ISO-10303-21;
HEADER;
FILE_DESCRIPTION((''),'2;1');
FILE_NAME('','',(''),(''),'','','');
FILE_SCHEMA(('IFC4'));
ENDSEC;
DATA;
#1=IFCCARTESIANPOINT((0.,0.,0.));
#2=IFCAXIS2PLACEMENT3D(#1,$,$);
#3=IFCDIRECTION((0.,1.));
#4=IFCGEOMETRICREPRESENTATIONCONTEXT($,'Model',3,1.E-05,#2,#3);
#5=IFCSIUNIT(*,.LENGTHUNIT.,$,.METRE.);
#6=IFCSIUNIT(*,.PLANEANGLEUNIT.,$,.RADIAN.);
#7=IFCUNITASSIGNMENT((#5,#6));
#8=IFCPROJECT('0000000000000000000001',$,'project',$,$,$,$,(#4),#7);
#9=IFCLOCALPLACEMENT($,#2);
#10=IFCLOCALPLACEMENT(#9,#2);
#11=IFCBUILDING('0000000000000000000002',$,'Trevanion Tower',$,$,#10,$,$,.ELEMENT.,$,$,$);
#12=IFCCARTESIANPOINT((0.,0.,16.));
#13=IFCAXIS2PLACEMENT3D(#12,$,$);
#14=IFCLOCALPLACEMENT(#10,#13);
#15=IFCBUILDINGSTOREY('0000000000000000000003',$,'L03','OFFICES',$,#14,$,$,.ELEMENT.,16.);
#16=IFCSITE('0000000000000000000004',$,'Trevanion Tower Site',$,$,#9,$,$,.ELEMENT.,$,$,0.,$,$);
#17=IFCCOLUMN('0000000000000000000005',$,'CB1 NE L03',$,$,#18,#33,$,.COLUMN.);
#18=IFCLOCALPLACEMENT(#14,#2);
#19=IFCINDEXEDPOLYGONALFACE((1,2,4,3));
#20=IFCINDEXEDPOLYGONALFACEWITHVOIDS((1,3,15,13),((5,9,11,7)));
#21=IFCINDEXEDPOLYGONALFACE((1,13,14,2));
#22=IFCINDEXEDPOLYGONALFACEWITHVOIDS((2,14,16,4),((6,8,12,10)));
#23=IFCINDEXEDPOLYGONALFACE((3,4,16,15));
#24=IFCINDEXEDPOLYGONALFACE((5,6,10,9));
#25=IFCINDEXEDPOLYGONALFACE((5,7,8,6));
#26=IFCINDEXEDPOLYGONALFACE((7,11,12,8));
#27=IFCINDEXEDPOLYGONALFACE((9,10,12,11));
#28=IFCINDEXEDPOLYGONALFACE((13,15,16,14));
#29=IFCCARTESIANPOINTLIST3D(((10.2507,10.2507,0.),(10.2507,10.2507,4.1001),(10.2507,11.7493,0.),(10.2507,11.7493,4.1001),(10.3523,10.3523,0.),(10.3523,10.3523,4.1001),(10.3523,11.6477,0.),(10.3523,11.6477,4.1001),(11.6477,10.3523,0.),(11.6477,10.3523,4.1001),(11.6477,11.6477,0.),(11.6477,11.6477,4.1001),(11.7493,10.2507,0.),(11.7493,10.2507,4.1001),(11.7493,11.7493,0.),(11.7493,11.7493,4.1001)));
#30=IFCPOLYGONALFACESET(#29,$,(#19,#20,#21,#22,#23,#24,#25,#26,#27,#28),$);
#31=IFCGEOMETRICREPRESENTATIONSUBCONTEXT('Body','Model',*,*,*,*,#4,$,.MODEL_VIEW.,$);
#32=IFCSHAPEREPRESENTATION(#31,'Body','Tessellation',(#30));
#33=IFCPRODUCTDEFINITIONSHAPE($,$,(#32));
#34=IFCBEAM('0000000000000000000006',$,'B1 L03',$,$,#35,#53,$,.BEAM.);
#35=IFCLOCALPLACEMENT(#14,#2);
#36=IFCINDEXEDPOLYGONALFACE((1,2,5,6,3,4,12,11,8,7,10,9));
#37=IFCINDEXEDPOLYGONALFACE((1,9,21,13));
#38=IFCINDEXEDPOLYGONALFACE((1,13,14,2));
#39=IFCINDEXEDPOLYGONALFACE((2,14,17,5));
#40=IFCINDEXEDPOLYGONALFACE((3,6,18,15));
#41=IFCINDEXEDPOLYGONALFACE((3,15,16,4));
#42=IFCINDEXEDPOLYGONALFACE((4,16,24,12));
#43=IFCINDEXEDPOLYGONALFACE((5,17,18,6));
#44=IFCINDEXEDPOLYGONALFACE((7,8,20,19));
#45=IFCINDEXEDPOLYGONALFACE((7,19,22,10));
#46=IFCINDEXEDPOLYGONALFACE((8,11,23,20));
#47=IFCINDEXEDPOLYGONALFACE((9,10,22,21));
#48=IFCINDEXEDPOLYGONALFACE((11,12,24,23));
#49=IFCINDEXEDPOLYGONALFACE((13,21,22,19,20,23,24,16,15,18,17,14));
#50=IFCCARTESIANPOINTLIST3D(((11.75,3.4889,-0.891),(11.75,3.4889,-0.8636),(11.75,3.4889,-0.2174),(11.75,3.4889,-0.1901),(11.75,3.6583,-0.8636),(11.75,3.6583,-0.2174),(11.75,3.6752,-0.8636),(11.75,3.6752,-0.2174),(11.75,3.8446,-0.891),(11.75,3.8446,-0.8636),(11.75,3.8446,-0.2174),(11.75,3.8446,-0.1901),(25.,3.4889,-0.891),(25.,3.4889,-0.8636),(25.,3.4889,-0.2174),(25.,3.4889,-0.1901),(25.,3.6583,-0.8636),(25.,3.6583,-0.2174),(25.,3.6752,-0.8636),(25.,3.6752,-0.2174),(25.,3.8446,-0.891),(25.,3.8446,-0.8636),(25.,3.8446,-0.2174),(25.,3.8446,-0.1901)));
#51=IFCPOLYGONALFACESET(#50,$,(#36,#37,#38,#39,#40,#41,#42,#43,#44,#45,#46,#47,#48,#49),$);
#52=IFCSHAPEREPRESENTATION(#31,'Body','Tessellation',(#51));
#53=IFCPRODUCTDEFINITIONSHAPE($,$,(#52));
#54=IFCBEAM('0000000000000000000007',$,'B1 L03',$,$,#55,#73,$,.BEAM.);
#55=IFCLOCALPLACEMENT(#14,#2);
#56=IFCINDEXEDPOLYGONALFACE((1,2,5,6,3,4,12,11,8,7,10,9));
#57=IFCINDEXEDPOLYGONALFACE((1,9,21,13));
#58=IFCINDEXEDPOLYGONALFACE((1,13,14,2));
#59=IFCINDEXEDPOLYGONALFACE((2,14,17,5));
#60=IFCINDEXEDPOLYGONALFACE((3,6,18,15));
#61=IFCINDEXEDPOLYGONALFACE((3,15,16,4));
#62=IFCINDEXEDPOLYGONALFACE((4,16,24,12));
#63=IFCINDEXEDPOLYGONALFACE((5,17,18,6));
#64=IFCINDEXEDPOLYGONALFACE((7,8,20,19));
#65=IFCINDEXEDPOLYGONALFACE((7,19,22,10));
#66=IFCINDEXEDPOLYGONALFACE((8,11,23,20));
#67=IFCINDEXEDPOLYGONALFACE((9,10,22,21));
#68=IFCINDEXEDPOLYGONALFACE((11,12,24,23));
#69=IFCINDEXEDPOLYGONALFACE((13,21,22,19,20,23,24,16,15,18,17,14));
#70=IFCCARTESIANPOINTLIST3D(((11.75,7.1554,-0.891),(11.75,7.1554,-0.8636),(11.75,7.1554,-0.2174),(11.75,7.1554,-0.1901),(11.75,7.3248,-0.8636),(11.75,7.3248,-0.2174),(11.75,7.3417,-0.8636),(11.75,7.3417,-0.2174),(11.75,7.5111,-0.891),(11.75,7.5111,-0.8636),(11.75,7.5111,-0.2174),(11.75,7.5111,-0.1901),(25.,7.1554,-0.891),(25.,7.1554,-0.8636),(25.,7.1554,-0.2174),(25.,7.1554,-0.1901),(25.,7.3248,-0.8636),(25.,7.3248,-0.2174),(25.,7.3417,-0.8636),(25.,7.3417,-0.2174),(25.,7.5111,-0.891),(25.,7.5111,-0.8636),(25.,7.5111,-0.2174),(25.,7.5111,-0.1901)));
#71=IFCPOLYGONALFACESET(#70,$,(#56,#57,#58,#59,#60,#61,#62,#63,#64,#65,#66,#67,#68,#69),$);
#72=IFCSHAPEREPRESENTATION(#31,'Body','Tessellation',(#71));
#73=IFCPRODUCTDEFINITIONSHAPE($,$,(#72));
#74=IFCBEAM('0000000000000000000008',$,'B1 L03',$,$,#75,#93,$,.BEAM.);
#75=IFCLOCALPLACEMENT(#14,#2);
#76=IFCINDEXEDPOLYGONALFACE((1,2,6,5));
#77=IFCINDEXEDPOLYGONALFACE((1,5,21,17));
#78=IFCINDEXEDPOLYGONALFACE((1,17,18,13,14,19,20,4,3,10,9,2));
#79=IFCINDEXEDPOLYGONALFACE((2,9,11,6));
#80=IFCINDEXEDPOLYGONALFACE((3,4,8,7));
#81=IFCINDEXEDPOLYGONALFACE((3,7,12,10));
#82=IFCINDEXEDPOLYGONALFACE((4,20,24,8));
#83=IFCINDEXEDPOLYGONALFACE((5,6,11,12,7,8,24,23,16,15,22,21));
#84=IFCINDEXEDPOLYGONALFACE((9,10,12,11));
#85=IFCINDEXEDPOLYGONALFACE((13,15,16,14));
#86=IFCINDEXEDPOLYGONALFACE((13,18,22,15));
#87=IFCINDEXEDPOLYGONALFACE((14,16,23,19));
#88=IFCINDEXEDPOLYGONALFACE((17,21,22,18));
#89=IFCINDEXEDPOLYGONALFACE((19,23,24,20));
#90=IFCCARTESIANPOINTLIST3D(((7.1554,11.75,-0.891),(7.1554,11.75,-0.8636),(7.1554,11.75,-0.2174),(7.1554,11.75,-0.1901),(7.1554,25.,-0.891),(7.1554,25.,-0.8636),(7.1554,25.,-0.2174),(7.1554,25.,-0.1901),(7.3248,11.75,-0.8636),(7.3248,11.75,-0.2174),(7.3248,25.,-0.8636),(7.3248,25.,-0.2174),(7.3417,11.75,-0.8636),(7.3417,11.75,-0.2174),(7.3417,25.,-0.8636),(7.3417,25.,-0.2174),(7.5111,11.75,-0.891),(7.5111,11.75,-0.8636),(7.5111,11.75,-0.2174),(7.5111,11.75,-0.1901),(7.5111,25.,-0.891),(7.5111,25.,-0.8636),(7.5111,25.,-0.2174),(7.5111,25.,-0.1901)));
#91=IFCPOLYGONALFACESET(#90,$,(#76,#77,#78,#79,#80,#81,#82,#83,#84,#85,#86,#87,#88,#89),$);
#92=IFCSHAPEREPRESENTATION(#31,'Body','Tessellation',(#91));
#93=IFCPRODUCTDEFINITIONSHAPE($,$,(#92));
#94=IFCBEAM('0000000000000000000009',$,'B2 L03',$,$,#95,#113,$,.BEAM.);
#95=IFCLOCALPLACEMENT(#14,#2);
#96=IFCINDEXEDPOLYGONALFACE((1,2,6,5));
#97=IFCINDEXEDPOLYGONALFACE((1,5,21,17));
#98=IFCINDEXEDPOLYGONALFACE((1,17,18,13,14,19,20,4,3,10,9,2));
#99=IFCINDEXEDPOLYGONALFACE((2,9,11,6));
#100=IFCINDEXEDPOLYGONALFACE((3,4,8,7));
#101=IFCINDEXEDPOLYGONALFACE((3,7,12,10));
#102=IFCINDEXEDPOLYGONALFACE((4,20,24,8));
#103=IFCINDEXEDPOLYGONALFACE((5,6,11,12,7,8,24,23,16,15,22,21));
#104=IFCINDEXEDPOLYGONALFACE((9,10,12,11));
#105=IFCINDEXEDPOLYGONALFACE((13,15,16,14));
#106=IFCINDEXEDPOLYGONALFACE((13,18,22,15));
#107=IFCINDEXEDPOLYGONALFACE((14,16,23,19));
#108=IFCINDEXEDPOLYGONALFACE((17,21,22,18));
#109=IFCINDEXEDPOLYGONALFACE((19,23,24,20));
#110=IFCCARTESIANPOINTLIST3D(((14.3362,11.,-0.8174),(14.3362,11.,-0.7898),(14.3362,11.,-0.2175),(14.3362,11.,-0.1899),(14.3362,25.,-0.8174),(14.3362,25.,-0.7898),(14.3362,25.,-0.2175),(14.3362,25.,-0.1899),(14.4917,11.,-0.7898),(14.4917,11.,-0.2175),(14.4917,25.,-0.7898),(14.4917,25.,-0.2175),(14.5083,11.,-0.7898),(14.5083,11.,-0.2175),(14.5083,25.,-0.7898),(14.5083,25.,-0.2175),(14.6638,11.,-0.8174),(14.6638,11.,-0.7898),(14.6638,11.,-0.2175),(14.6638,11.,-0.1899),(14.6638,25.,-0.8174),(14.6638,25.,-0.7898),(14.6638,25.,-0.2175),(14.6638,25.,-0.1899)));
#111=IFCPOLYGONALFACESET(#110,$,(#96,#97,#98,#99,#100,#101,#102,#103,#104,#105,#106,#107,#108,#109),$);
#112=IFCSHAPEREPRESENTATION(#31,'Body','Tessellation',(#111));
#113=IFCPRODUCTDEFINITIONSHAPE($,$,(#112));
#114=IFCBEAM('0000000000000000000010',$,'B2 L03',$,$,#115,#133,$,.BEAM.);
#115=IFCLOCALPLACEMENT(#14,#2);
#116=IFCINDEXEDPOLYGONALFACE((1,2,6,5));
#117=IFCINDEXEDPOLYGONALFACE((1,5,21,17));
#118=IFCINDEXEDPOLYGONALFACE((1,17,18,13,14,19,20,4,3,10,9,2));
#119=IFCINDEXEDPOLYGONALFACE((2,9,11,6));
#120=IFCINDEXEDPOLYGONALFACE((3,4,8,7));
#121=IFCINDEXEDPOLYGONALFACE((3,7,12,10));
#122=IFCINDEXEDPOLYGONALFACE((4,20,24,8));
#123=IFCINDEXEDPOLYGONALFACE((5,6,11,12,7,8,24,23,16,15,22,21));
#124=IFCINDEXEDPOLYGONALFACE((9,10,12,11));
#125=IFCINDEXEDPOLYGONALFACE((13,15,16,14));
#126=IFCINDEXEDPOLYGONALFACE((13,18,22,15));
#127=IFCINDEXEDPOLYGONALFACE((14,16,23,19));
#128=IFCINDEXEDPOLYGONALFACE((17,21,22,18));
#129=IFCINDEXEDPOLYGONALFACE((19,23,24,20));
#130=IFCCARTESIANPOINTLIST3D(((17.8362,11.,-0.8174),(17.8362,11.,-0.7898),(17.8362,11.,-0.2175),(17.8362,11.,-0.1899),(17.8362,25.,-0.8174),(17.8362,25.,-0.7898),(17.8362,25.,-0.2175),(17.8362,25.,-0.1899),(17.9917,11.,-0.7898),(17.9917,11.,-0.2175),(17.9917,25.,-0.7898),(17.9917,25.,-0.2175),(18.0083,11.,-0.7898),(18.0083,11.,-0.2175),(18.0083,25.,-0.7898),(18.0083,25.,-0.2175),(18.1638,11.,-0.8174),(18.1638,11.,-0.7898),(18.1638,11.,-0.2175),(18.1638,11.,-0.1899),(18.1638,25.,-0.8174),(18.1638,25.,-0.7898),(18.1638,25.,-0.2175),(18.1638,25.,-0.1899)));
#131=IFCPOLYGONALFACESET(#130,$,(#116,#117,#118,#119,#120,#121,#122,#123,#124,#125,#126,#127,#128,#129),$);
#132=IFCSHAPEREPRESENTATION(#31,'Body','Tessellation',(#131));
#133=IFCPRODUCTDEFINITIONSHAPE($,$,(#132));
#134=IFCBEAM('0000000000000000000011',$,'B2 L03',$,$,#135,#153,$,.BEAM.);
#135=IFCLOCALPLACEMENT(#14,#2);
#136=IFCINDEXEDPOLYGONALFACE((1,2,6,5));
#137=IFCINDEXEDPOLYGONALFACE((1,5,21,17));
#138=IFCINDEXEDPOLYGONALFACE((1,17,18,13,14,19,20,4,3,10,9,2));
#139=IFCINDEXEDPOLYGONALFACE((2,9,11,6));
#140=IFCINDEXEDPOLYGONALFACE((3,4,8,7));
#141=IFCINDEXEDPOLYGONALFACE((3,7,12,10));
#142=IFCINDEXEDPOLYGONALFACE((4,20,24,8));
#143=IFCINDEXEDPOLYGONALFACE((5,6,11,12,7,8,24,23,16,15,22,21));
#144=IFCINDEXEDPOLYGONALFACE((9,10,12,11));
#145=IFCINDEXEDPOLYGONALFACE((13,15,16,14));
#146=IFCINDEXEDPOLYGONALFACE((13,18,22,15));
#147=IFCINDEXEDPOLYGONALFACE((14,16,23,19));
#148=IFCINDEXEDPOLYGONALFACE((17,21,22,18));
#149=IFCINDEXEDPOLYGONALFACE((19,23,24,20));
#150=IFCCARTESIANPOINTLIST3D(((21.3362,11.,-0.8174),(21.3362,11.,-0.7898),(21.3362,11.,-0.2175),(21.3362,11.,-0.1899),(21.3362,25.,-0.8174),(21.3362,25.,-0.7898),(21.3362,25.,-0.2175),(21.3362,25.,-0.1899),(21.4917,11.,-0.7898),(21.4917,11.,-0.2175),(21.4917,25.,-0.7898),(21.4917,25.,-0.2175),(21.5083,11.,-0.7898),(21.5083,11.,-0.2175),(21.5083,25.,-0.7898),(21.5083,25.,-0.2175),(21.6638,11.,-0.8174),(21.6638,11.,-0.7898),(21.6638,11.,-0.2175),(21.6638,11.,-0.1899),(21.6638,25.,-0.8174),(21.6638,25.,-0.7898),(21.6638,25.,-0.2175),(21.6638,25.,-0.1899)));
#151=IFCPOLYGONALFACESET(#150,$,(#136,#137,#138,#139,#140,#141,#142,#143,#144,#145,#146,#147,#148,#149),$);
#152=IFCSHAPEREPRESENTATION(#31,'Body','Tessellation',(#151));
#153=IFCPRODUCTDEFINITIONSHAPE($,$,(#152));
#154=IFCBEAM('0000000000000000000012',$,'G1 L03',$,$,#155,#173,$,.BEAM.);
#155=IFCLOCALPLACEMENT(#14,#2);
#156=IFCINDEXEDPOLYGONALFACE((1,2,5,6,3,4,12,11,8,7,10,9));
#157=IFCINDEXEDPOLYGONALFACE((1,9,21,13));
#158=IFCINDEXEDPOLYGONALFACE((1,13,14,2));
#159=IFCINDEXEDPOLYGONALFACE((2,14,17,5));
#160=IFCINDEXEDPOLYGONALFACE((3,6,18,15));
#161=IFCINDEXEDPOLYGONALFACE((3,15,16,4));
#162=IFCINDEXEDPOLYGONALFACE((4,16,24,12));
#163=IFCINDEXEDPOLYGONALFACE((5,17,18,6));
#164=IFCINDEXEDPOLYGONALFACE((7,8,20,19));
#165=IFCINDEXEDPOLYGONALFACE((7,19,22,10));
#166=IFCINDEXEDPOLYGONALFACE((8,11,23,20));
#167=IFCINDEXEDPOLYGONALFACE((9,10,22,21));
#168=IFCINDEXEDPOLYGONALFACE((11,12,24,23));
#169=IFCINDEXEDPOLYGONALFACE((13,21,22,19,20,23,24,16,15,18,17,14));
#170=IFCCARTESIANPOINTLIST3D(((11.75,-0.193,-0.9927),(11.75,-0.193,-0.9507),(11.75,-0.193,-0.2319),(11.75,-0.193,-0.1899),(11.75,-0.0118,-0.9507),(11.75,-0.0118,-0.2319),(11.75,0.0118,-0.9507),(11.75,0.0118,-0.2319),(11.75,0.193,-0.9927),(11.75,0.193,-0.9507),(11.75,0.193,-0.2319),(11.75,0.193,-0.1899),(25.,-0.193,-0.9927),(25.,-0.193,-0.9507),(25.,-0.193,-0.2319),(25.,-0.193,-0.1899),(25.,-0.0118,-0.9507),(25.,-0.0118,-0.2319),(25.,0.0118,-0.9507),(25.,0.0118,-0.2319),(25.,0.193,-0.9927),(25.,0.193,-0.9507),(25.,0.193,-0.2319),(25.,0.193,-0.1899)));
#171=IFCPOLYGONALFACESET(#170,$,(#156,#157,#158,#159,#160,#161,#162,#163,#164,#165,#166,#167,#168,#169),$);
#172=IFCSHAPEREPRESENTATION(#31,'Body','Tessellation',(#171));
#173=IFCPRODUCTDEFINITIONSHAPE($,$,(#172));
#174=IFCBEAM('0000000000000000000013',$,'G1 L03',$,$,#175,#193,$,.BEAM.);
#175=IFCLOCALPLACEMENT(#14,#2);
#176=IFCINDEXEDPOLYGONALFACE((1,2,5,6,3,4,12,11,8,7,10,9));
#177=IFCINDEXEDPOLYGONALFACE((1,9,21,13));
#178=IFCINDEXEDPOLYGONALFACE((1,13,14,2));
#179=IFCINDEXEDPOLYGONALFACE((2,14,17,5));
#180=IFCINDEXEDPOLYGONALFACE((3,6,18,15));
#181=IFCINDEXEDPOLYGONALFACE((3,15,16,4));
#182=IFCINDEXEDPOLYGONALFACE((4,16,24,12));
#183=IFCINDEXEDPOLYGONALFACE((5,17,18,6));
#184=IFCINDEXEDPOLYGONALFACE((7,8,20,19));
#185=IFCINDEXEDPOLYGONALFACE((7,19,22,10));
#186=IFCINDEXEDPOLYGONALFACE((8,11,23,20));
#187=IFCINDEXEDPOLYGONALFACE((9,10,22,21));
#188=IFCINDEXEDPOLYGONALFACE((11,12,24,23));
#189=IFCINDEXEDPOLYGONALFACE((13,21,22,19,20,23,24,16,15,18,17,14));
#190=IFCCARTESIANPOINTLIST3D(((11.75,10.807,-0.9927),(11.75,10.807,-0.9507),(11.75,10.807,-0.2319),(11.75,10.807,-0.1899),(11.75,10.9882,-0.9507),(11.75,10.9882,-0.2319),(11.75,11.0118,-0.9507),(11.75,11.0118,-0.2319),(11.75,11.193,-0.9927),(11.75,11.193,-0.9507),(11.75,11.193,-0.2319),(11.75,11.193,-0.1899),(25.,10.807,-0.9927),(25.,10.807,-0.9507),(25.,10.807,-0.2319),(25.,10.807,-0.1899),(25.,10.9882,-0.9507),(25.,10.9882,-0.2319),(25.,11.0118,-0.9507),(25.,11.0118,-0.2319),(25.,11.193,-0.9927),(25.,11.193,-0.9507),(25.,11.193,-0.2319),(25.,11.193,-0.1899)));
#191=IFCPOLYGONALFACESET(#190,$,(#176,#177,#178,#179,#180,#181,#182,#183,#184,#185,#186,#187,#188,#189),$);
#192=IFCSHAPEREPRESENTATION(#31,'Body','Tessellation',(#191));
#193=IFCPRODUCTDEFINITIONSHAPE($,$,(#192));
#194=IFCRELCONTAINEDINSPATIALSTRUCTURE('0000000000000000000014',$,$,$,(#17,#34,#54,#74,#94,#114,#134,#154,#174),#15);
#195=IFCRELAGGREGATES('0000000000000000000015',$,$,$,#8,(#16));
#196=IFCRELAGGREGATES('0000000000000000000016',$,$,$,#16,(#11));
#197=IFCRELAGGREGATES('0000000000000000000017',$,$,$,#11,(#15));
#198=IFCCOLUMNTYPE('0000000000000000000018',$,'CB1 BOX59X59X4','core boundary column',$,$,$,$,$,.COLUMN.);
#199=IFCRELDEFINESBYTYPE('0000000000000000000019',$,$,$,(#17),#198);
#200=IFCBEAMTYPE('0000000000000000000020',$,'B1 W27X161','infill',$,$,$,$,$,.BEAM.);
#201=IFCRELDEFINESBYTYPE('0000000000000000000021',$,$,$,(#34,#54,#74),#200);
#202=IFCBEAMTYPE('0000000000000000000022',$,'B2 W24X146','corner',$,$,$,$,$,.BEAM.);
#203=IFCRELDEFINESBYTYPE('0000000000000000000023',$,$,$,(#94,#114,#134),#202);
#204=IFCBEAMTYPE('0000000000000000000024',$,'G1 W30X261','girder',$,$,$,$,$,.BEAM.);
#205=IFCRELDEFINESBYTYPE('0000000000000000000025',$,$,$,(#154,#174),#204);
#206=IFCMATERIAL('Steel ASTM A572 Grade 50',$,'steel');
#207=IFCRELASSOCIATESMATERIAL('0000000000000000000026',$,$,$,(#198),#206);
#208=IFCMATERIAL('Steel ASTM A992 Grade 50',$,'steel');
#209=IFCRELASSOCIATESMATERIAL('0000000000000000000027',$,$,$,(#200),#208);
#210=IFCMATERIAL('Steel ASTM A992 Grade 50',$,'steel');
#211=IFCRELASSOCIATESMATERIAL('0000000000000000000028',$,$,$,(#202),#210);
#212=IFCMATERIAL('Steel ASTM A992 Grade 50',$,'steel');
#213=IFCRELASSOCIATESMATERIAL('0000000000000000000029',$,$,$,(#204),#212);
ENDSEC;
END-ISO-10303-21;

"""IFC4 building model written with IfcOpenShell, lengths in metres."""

from ifc_helpers import new_model, si_unit, direction, frame, origin, origin_2d, place, context, subcontext, project, spatial, hollow_rectangle, i_section, extrude, material, material_profile, profile_set, type_object, element, save


model = new_model("IFC4")

# Units and contexts
model_context = context("Model", 3, precision=1e-05, world=origin(), true_north=direction((0.0, 1.0)))
body_context = subcontext(model_context, "Body", "Model", "MODEL_VIEW")
ifc_project = project(units=[si_unit("LENGTHUNIT", "METRE"), si_unit("PLANEANGLEUNIT", "RADIAN")], contexts=[model_context])

# Site, building, storey
site_placement = place(None, origin())
site = spatial("IfcSite", under=ifc_project, at=site_placement, Name="Trevanion Tower Site", CompositionType="ELEMENT", RefElevation=0.0)
building_placement = place(site_placement, origin())
building = spatial("IfcBuilding", under=site, at=building_placement, Name="Trevanion Tower", CompositionType="ELEMENT")
storey_placement = place(building_placement, frame((0.0, 0.0, 16.0)))
storey = spatial("IfcBuildingStorey", under=building, at=storey_placement, Name="L03", Description="OFFICES", CompositionType="ELEMENT", Elevation=16.0)

# Column
ifc_material_1 = material(Name="Steel ASTM A572 Grade 50", Category="steel")
ifc_material_profile_1 = material_profile(ifc_material_1, hollow_rectangle(XDim=1.4985, YDim=1.4985, WallThickness=0.1016, at=origin_2d()), Name="BOX59X59X4")
ifc_profile_set_1 = profile_set([ifc_material_profile_1], Name="Steel ASTM A572 Grade 50")
column_type = type_object("IfcColumnType", Name="CB1 BOX59X59X4", Description="core boundary column", PredefinedType="COLUMN", material=ifc_profile_set_1)
column_placement = place(storey_placement, frame((11.0, 11.0, 0.0), z_axis=(0.0, 0.0, 1.0), x_axis=(1.0, 0.0, 0.0)))
element("IfcColumn", 1, at=column_placement, inside=storey, type_object=column_type, Name="CB1 NE L03", PredefinedType="COLUMN", context=body_context, shape_type="SweptSolid", body=[
    extrude(hollow_rectangle(XDim=1.4985, YDim=1.4985, WallThickness=0.1016, at=origin_2d()), origin(), (0.0, 0.0, 1.0), 4.1001),
])

# Beams
ifc_material_2 = material(Name="Steel ASTM A992 Grade 50", Category="steel")
ifc_material_profile_2 = material_profile(ifc_material_2, i_section(OverallWidth=0.3557, OverallDepth=0.7009, WebThickness=0.0168, FlangeThickness=0.0273, at=origin_2d()), Name="W27X161")
ifc_profile_set_2 = profile_set([ifc_material_profile_2], Name="Steel ASTM A992 Grade 50")
beam_type_1 = type_object("IfcBeamType", Name="B1 W27X161", Description="infill", PredefinedType="BEAM", material=ifc_profile_set_2)
for number, where, z_axis, x_axis, name in (
    (2, (11.75, 3.6667, -0.5405), (1.0, 0.0, 0.0), (0.0, 1.0, 0.0), "B1 L03"),
    (3, (11.75, 7.3333, -0.5405), (1.0, 0.0, 0.0), (0.0, 1.0, 0.0), "B1 L03"),
    (4, (7.3333, 11.75, -0.5405), (0.0, 1.0, 0.0), (-1.0, 0.0, 0.0), "B1 L03"),
):
    element("IfcBeam", number, at=place(storey_placement, frame(where, z_axis=z_axis, x_axis=x_axis)), inside=storey, type_object=beam_type_1, Name=name, PredefinedType="BEAM", context=body_context, shape_type="SweptSolid", body=[
        extrude(i_section(OverallWidth=0.3557, OverallDepth=0.7009, WebThickness=0.0168, FlangeThickness=0.0273, at=origin_2d()), origin(), (0.0, 0.0, 1.0), 13.25),
    ])
ifc_material_3 = material(Name="Steel ASTM A992 Grade 50", Category="steel")
ifc_material_profile_3 = material_profile(ifc_material_3, i_section(OverallWidth=0.3276, OverallDepth=0.6274, WebThickness=0.0166, FlangeThickness=0.0276, at=origin_2d()), Name="W24X146")
ifc_profile_set_3 = profile_set([ifc_material_profile_3], Name="Steel ASTM A992 Grade 50")
beam_type_2 = type_object("IfcBeamType", Name="B2 W24X146", Description="corner", PredefinedType="BEAM", material=ifc_profile_set_3)
for number, where, z_axis, x_axis, name in (
    (5, (14.5, 11.0, -0.5037), (0.0, 1.0, 0.0), (-1.0, 0.0, 0.0), "B2 L03"),
    (6, (18.0, 11.0, -0.5037), (0.0, 1.0, 0.0), (-1.0, 0.0, 0.0), "B2 L03"),
    (7, (21.5, 11.0, -0.5037), (0.0, 1.0, 0.0), (-1.0, 0.0, 0.0), "B2 L03"),
):
    element("IfcBeam", number, at=place(storey_placement, frame(where, z_axis=z_axis, x_axis=x_axis)), inside=storey, type_object=beam_type_2, Name=name, PredefinedType="BEAM", context=body_context, shape_type="SweptSolid", body=[
        extrude(i_section(OverallWidth=0.3276, OverallDepth=0.6274, WebThickness=0.0166, FlangeThickness=0.0276, at=origin_2d()), origin(), (0.0, 0.0, 1.0), 14.0),
    ])
ifc_material_4 = material(Name="Steel ASTM A992 Grade 50", Category="steel")
ifc_material_profile_4 = material_profile(ifc_material_4, i_section(OverallWidth=0.386, OverallDepth=0.8027, WebThickness=0.0237, FlangeThickness=0.042, at=origin_2d()), Name="W30X261")
ifc_profile_set_4 = profile_set([ifc_material_profile_4], Name="Steel ASTM A992 Grade 50")
beam_type_3 = type_object("IfcBeamType", Name="G1 W30X261", Description="girder", PredefinedType="BEAM", material=ifc_profile_set_4)
for number, where, z_axis, x_axis, name in (
    (8, (11.75, 0.0, -0.5913), (1.0, 0.0, 0.0), (0.0, 1.0, 0.0), "G1 L03"),
    (9, (11.75, 11.0, -0.5913), (1.0, 0.0, 0.0), (0.0, 1.0, 0.0), "G1 L03"),
):
    element("IfcBeam", number, at=place(storey_placement, frame(where, z_axis=z_axis, x_axis=x_axis)), inside=storey, type_object=beam_type_3, Name=name, PredefinedType="BEAM", context=body_context, shape_type="SweptSolid", body=[
        extrude(i_section(OverallWidth=0.386, OverallDepth=0.8027, WebThickness=0.0237, FlangeThickness=0.042, at=origin_2d()), origin(), (0.0, 0.0, 1.0), 13.25),
    ])

save(model, "model.ifc")
